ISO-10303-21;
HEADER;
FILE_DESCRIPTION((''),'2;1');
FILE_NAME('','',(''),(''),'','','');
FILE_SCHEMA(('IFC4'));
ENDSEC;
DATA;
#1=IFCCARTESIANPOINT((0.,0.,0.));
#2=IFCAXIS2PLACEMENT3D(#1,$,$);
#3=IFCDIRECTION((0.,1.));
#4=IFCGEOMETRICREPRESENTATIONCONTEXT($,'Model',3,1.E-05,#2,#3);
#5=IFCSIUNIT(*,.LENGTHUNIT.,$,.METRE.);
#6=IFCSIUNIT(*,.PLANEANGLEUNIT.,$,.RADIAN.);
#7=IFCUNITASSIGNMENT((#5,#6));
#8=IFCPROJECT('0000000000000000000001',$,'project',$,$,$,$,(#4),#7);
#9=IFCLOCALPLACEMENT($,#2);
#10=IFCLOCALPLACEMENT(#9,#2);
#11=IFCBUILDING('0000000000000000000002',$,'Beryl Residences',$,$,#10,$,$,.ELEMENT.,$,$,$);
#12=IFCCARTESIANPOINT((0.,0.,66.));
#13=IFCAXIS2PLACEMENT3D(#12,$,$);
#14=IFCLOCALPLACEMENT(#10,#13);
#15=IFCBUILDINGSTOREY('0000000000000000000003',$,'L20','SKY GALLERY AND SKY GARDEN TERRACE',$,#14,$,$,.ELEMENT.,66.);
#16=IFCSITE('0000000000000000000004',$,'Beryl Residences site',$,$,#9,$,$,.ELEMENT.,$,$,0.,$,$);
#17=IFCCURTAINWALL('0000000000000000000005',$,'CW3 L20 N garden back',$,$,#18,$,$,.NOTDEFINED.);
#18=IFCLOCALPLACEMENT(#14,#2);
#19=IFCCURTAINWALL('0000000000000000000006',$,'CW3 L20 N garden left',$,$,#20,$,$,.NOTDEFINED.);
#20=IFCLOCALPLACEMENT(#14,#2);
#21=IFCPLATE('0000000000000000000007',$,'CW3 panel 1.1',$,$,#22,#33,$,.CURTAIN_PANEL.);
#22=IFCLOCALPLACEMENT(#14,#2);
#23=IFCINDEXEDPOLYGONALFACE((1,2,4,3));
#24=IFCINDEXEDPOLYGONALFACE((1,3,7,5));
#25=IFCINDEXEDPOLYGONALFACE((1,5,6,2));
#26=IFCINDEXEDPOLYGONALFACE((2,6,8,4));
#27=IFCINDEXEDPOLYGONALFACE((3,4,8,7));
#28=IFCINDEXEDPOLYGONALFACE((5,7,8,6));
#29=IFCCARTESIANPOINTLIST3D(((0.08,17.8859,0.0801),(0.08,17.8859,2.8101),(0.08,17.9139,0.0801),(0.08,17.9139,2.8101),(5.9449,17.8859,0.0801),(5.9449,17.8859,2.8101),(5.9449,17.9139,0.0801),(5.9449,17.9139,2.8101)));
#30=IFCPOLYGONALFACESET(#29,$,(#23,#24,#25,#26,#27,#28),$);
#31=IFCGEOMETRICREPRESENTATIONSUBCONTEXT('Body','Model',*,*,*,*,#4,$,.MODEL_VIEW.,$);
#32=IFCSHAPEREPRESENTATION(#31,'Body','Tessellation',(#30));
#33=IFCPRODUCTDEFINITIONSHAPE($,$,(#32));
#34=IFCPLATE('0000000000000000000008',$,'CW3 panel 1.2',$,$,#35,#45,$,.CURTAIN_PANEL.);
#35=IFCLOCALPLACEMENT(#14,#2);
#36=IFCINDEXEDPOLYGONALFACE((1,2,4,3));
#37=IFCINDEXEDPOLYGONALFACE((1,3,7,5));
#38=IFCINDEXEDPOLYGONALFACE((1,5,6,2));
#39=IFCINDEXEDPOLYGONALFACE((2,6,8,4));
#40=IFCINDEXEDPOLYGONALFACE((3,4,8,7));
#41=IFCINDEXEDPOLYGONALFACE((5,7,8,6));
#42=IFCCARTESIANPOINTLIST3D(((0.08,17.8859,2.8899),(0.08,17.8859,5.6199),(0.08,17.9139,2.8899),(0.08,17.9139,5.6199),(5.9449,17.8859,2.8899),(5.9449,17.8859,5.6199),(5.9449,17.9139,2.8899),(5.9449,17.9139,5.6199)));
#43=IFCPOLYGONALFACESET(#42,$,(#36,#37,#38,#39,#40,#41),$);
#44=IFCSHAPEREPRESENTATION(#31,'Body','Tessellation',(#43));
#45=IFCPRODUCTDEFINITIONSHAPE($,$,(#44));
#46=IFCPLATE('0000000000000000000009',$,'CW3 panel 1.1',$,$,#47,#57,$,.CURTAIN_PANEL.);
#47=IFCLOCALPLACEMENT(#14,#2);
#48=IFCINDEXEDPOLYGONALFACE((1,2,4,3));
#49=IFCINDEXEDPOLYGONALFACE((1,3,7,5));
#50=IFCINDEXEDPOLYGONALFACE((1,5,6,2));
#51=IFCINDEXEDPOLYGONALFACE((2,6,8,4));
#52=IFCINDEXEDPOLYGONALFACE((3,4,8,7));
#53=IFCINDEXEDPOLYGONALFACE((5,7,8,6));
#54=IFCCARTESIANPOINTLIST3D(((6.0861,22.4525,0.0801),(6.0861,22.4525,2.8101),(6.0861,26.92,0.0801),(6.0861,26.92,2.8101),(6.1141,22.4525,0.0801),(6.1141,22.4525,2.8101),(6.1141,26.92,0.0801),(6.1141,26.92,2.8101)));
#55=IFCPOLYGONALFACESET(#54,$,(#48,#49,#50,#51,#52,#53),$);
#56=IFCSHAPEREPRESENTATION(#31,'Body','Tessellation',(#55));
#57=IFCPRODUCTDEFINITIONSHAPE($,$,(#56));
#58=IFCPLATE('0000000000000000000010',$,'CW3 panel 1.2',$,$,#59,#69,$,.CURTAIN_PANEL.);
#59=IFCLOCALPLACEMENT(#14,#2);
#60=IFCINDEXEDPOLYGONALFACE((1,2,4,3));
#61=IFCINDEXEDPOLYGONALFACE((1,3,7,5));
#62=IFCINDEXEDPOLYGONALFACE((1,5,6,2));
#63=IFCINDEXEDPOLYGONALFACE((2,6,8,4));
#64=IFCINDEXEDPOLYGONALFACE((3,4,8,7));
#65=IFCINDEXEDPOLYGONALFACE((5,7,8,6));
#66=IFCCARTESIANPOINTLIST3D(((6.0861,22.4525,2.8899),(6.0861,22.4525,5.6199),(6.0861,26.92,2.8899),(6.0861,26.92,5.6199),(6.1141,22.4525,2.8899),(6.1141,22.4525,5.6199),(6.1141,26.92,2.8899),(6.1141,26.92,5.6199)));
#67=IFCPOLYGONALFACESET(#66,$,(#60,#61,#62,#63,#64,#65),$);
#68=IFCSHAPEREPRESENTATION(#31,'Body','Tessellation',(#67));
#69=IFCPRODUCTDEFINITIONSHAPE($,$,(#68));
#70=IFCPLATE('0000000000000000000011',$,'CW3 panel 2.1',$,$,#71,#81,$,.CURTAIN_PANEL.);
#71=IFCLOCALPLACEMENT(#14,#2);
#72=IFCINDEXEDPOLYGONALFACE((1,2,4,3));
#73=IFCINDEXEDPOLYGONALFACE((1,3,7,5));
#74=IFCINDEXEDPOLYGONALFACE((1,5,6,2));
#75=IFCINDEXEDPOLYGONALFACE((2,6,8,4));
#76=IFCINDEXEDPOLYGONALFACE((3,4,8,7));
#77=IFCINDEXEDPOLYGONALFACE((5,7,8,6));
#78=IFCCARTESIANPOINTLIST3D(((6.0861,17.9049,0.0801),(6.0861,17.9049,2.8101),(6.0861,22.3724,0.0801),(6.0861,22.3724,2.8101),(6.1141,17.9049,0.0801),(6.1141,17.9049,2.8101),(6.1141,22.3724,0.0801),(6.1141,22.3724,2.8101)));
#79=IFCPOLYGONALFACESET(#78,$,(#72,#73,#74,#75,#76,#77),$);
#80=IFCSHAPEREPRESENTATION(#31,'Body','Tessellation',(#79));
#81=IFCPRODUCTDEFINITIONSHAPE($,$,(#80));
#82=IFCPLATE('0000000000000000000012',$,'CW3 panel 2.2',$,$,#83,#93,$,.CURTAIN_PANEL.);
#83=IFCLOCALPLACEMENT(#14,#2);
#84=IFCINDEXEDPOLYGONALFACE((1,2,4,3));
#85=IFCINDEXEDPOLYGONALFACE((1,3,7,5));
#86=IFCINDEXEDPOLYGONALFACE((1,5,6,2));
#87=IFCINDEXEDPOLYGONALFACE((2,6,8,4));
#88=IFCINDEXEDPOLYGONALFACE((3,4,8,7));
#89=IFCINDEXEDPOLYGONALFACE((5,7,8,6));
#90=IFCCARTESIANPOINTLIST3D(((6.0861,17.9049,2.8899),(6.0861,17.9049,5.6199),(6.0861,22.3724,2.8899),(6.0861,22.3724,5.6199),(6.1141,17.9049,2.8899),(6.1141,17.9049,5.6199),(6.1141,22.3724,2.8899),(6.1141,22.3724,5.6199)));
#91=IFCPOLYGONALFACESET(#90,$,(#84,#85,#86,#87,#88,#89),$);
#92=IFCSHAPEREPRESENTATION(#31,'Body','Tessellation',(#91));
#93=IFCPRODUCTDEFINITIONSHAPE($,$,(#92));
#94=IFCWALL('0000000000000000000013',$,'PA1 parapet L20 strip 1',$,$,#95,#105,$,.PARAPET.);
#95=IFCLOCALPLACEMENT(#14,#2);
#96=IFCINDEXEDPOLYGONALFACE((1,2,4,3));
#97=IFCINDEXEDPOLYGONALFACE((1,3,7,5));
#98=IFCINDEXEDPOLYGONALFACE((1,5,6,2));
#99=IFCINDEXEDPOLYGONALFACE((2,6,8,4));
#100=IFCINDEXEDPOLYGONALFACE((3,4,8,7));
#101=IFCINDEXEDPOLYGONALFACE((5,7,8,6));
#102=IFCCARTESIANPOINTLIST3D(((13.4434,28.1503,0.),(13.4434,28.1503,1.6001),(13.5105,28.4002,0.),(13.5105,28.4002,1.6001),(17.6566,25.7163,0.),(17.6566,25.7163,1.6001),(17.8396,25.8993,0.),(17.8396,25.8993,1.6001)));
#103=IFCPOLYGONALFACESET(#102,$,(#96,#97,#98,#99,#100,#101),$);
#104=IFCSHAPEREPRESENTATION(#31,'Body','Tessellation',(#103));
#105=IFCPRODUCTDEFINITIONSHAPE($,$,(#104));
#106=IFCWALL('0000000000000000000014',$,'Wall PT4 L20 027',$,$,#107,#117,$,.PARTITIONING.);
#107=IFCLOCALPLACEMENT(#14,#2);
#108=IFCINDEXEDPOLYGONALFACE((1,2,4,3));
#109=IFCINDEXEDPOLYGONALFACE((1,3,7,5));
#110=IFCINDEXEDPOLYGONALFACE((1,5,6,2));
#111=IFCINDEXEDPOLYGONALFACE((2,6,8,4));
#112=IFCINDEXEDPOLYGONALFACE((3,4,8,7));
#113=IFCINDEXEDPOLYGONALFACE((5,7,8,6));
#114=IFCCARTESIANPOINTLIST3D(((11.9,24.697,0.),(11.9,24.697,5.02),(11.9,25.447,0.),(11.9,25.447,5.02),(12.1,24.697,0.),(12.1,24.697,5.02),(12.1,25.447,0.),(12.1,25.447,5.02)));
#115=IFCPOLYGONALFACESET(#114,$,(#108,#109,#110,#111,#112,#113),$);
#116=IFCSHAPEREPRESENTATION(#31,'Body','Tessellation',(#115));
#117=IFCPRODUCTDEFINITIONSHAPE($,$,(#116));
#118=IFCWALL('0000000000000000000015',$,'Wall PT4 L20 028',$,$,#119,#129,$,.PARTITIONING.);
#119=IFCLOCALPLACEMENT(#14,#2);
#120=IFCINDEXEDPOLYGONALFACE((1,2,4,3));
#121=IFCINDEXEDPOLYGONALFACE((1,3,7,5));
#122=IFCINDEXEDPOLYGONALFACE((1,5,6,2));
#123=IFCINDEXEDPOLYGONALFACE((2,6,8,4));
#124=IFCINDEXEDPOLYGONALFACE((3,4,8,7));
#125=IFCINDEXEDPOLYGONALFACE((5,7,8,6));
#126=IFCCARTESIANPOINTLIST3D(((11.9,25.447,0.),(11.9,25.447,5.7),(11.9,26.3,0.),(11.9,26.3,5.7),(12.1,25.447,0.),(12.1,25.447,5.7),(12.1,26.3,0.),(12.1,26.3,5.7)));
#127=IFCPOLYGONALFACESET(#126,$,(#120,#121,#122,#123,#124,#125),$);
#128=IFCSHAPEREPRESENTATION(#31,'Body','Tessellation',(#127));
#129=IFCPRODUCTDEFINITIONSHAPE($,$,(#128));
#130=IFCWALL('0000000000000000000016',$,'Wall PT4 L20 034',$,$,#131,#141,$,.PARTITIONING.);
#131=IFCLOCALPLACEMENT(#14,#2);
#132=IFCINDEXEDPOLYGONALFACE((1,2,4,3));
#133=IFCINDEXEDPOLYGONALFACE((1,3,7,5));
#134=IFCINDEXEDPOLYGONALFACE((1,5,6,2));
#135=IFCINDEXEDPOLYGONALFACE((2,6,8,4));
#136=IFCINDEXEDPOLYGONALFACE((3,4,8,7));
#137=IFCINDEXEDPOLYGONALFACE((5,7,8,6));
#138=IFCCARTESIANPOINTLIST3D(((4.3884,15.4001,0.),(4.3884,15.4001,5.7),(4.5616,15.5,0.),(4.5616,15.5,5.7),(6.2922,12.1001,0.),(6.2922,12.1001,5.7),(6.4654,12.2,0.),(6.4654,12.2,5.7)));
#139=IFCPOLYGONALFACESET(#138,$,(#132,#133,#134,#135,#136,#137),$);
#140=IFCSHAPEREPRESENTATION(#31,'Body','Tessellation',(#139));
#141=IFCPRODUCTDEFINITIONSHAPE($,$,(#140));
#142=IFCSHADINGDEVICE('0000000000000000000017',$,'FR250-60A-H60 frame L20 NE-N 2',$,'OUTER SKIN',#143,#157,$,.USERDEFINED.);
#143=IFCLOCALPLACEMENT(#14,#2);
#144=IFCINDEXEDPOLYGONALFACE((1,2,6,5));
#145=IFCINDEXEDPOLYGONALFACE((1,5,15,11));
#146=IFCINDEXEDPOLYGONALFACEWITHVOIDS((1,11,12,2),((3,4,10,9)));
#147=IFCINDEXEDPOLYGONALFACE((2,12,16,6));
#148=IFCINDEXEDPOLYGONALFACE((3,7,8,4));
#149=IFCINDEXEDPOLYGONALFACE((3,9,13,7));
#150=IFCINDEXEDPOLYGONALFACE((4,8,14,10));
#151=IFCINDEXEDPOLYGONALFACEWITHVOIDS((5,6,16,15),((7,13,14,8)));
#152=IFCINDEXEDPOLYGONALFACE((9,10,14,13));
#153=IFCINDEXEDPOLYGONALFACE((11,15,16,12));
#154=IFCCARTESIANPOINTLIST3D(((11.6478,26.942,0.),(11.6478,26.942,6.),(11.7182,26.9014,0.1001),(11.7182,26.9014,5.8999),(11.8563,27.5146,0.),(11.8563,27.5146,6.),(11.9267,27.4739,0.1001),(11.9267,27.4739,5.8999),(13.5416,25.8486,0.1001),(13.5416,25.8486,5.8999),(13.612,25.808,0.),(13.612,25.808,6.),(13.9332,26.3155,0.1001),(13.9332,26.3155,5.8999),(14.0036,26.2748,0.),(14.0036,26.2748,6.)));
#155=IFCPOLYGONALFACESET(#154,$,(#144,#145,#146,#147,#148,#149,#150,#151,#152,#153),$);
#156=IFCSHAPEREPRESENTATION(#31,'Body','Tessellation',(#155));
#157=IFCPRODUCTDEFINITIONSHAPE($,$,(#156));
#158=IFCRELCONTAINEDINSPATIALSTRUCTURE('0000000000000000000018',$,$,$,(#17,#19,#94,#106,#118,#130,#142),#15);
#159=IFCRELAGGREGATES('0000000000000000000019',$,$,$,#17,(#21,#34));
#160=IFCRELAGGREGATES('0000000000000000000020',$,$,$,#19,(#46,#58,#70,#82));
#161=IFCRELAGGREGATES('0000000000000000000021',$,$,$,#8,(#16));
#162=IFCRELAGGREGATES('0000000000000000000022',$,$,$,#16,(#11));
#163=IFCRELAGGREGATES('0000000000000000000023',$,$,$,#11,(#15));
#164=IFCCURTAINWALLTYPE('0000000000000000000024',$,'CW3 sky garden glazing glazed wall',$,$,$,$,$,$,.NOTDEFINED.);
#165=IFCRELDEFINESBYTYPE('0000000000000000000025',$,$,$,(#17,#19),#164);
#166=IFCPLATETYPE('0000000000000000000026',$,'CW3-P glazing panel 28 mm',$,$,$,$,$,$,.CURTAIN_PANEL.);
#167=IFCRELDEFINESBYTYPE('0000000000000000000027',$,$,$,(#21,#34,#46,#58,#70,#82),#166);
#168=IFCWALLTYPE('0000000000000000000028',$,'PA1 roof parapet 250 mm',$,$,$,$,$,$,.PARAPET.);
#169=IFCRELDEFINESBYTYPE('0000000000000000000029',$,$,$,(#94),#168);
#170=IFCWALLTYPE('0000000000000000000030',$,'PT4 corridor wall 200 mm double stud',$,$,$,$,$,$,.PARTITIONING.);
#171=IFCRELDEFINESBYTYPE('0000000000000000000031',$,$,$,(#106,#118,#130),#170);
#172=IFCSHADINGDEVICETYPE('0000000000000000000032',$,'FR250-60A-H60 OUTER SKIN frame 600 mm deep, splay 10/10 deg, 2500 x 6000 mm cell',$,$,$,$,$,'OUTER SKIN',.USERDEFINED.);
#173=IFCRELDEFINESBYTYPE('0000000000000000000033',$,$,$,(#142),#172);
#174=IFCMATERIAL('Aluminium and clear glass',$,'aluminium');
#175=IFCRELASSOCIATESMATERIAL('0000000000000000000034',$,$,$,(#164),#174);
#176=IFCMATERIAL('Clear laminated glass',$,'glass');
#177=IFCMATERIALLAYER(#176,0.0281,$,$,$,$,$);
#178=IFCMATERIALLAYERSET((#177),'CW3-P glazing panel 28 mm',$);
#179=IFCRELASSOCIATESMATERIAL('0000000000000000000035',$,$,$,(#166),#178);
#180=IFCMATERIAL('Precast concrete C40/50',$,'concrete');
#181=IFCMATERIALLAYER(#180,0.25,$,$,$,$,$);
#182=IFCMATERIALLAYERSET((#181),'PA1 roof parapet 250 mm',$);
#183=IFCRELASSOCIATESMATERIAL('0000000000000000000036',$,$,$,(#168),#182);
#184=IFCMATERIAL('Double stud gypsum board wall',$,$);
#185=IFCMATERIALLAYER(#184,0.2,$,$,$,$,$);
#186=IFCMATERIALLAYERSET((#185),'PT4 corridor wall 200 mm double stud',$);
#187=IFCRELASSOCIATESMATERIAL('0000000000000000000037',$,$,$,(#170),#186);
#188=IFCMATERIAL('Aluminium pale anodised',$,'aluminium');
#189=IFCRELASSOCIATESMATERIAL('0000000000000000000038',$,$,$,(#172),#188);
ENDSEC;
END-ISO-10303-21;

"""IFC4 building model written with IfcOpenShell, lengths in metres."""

from ifc_helpers import new_model, entity, si_unit, direction, frame, frame_2d, origin, origin_2d, place, context, subcontext, project, spatial, polyline, rectangle, outline, extrude, source, transform, mapped, material, layer, layer_set, type_object, type_shapes, element, aggregate, save


model = new_model("IFC4")

# Units and contexts
model_context = context("Model", 3, precision=1e-05, world=origin(), true_north=direction((0.0, 1.0)))
body_context = subcontext(model_context, "Body", "Model", "MODEL_VIEW")
ifc_project = project(units=[si_unit("LENGTHUNIT", "METRE"), si_unit("PLANEANGLEUNIT", "RADIAN")], contexts=[model_context])

# Site, building, storey
site_placement = place(None, origin())
site = spatial("IfcSite", under=ifc_project, at=site_placement, Name="Beryl Residences site", CompositionType="ELEMENT", RefElevation=0.0)
building_placement = place(site_placement, origin())
building = spatial("IfcBuilding", under=site, at=building_placement, Name="Beryl Residences", CompositionType="ELEMENT")
storey_placement = place(building_placement, frame((0.0, 0.0, 66.0)))
storey = spatial("IfcBuildingStorey", under=building, at=storey_placement, Name="L20", Description="SKY GALLERY AND SKY GARDEN TERRACE", CompositionType="ELEMENT", Elevation=66.0)

# Curtain walls
ifc_material_1 = material(Name="Aluminium and clear glass", Category="aluminium")
curtain_wall_type = type_object("IfcCurtainWallType", Name="CW3 sky garden glazing glazed wall", PredefinedType="NOTDEFINED", material=ifc_material_1)
curtain_wall_1_placement = place(storey_placement, origin())
curtain_wall_1 = element("IfcCurtainWall", 1, at=curtain_wall_1_placement, inside=storey, type_object=curtain_wall_type, Name="CW3 L20 N garden back", PredefinedType="NOTDEFINED")
curtain_wall_2_placement = place(storey_placement, origin())
curtain_wall_2 = element("IfcCurtainWall", 2, at=curtain_wall_2_placement, inside=storey, type_object=curtain_wall_type, Name="CW3 L20 N garden left", PredefinedType="NOTDEFINED")

# Plates
ifc_material_2 = material(Name="Clear laminated glass", Category="glass")
ifc_layer_1 = layer(ifc_material_2, 0.0281)
ifc_layer_set_1 = layer_set([ifc_layer_1], Name="CW3-P glazing panel 28 mm")
plate_type = type_object("IfcPlateType", Name="CW3-P glazing panel 28 mm", PredefinedType="CURTAIN_PANEL", material=ifc_layer_set_1)
plate_1_placement = place(storey_placement, frame((3.0125, 17.8999, 0.0801), z_axis=(0.0, 0.0, 1.0), x_axis=(-1.0, 0.0, 0.0)))
plate_1 = element("IfcPlate", 3, at=plate_1_placement, type_object=plate_type, Name="CW3 panel 1.1", PredefinedType="CURTAIN_PANEL", context=body_context, shape_type="SweptSolid", body=[
    extrude(rectangle(XDim=5.865, YDim=0.0281, at=origin_2d()), origin(), (0.0, 0.0, 1.0), 2.73),
])
plate_2_placement = place(storey_placement, frame((3.0125, 17.8999, 2.8899), z_axis=(0.0, 0.0, 1.0), x_axis=(-1.0, 0.0, 0.0)))
plate_2 = element("IfcPlate", 4, at=plate_2_placement, type_object=plate_type, Name="CW3 panel 1.2", PredefinedType="CURTAIN_PANEL", context=body_context, shape_type="SweptSolid", body=[
    extrude(rectangle(XDim=5.865, YDim=0.0281, at=origin_2d()), origin(), (0.0, 0.0, 1.0), 2.73),
])
aggregate(curtain_wall_1, [plate_1, plate_2])
plate_3_placement = place(storey_placement, frame((6.1001, 24.6863, 0.0801), z_axis=(0.0, 0.0, 1.0), x_axis=(0.0, -1.0, 0.0)))
plate_3 = element("IfcPlate", 5, at=plate_3_placement, type_object=plate_type, Name="CW3 panel 1.1", PredefinedType="CURTAIN_PANEL", context=body_context, shape_type="SweptSolid", body=[
    extrude(rectangle(XDim=4.4675, YDim=0.0281, at=origin_2d()), origin(), (0.0, 0.0, 1.0), 2.73),
])
plate_4_placement = place(storey_placement, frame((6.1001, 24.6863, 2.8899), z_axis=(0.0, 0.0, 1.0), x_axis=(0.0, -1.0, 0.0)))
plate_4 = element("IfcPlate", 6, at=plate_4_placement, type_object=plate_type, Name="CW3 panel 1.2", PredefinedType="CURTAIN_PANEL", context=body_context, shape_type="SweptSolid", body=[
    extrude(rectangle(XDim=4.4675, YDim=0.0281, at=origin_2d()), origin(), (0.0, 0.0, 1.0), 2.73),
])
plate_5_placement = place(storey_placement, frame((6.1001, 20.1387, 0.0801), z_axis=(0.0, 0.0, 1.0), x_axis=(0.0, -1.0, 0.0)))
plate_5 = element("IfcPlate", 7, at=plate_5_placement, type_object=plate_type, Name="CW3 panel 2.1", PredefinedType="CURTAIN_PANEL", context=body_context, shape_type="SweptSolid", body=[
    extrude(rectangle(XDim=4.4675, YDim=0.0281, at=origin_2d()), origin(), (0.0, 0.0, 1.0), 2.73),
])
plate_6_placement = place(storey_placement, frame((6.1001, 20.1387, 2.8899), z_axis=(0.0, 0.0, 1.0), x_axis=(0.0, -1.0, 0.0)))
plate_6 = element("IfcPlate", 8, at=plate_6_placement, type_object=plate_type, Name="CW3 panel 2.2", PredefinedType="CURTAIN_PANEL", context=body_context, shape_type="SweptSolid", body=[
    extrude(rectangle(XDim=4.4675, YDim=0.0281, at=origin_2d()), origin(), (0.0, 0.0, 1.0), 2.73),
])
aggregate(curtain_wall_2, [plate_3, plate_4, plate_5, plate_6])

# Walls
ifc_material_3 = material(Name="Precast concrete C40/50", Category="concrete")
ifc_layer_2 = layer(ifc_material_3, 0.25)
ifc_layer_set_2 = layer_set([ifc_layer_2], Name="PA1 roof parapet 250 mm")
wall_type_1 = type_object("IfcWallType", Name="PA1 roof parapet 250 mm", PredefinedType="PARAPET", material=ifc_layer_set_2)
wall_1_placement = place(storey_placement, frame((13.448, 28.292, 0.0), z_axis=(0.0, 0.0, 1.0), x_axis=(0.86589, -0.500235, 0.0)))
element("IfcWall", 9, at=wall_1_placement, inside=storey, type_object=wall_type_1, Name="PA1 parapet L20 strip 1", PredefinedType="PARAPET", context=body_context, shape_type="SweptSolid", body=[
    extrude(outline(polyline([(0.0669, -0.125), (4.9326, -0.125), (4.9995, 0.125), (0.0, 0.125), (0.0669, -0.125)])), origin(), (0.0, 0.0, 1.0), 1.6001),
])
ifc_material_4 = material(Name="Double stud gypsum board wall")
ifc_layer_3 = layer(ifc_material_4, 0.2)
ifc_layer_set_3 = layer_set([ifc_layer_3], Name="PT4 corridor wall 200 mm double stud")
wall_type_2 = type_object("IfcWallType", Name="PT4 corridor wall 200 mm double stud", PredefinedType="PARTITIONING", material=ifc_layer_set_3)
wall_2_placement = place(storey_placement, frame((12.0, 24.697, 0.0), z_axis=(0.0, 0.0, 1.0), x_axis=(0.0, 1.0, 0.0)))
element("IfcWall", 10, at=wall_2_placement, inside=storey, type_object=wall_type_2, Name="Wall PT4 L20 027", PredefinedType="PARTITIONING", context=body_context, shape_type="SweptSolid", body=[
    extrude(rectangle(XDim=0.75, YDim=0.2, at=frame_2d((0.375, 0.0))), origin(), (0.0, 0.0, 1.0), 5.02),
])
wall_3_placement = place(storey_placement, frame((12.0, 25.447, 0.0), z_axis=(0.0, 0.0, 1.0), x_axis=(0.0, 1.0, 0.0)))
element("IfcWall", 11, at=wall_3_placement, inside=storey, type_object=wall_type_2, Name="Wall PT4 L20 028", PredefinedType="PARTITIONING", context=body_context, shape_type="SweptSolid", body=[
    extrude(rectangle(XDim=0.853, YDim=0.2, at=frame_2d((0.4265, 0.0))), origin(), (0.0, 0.0, 1.0), 5.7),
])
wall_4_placement = place(storey_placement, frame((4.4751, 15.45, 0.0), z_axis=(0.0, 0.0, 1.0), x_axis=(0.49971, -0.866193, 0.0)))
element("IfcWall", 12, at=wall_4_placement, inside=storey, type_object=wall_type_2, Name="Wall PT4 L20 034", PredefinedType="PARTITIONING", context=body_context, shape_type="SweptSolid", body=[
    extrude(rectangle(XDim=3.8098, YDim=0.2, at=frame_2d((1.9048, 0.0))), origin(), (0.0, 0.0, 1.0), 5.7),
])

# Shading device
ifc_material_5 = material(Name="Aluminium pale anodised", Category="aluminium")
shading_device_type_1 = type_object("IfcShadingDeviceType", Name="FR250-60A-H60 OUTER SKIN frame 600 mm deep, splay 10/10 deg, 2500 x 6000 mm cell", ElementType="OUTER SKIN", PredefinedType="USERDEFINED", material=ifc_material_5)
cartesian_point_1 = entity("IfcCartesianPoint", [-1.134, 0.0])
cartesian_point_2 = entity("IfcCartesianPoint", [-1.0527, 0.1001])
cartesian_point_3 = entity("IfcCartesianPoint", [-1.2397, 0.0])
cartesian_point_4 = entity("IfcCartesianPoint", [-1.1584, 0.1001])
shared_shape_1 = source(origin(), body_context, "Body", "SweptSolid", [
    entity("IfcExtrudedAreaSolidTapered", entity("IfcArbitraryProfileDefWithVoids", "AREA", None, entity("IfcPolyline", [cartesian_point_1, entity("IfcCartesianPoint", [1.134, 0.0]), entity("IfcCartesianPoint", [1.134, 6.0]), entity("IfcCartesianPoint", [-1.134, 6.0]), cartesian_point_1]), [entity("IfcPolyline", [cartesian_point_2, entity("IfcCartesianPoint", [1.0527, 0.1001]), entity("IfcCartesianPoint", [1.0527, 5.8999]), entity("IfcCartesianPoint", [-1.0527, 5.8999]), cartesian_point_2])]), entity("IfcAxis2Placement3D", entity("IfcCartesianPoint", [0.0, 0.0, 0.0]), entity("IfcDirection", [0.0, 1.0, 0.0]), entity("IfcDirection", [-1.0, 0.0, 0.0])), entity("IfcDirection", [0.0, 0.0, 1.0]), 0.6001, entity("IfcArbitraryProfileDefWithVoids", "AREA", None, entity("IfcPolyline", [cartesian_point_3, entity("IfcCartesianPoint", [1.2397, 0.0]), entity("IfcCartesianPoint", [1.2397, 6.0]), entity("IfcCartesianPoint", [-1.2397, 6.0]), cartesian_point_3]), [entity("IfcPolyline", [cartesian_point_4, entity("IfcCartesianPoint", [1.1584, 0.1001]), entity("IfcCartesianPoint", [1.1584, 5.8999]), entity("IfcCartesianPoint", [-1.1584, 5.8999]), cartesian_point_4])])),
])
type_shapes(shading_device_type_1, [shared_shape_1])
shading_device_1_placement = place(storey_placement, frame((12.6299, 26.375, 0.0), z_axis=(0.0, 0.0, 1.0), x_axis=(0.866025, -0.5, 0.0)))
element("IfcShadingDevice", 13, at=shading_device_1_placement, inside=storey, type_object=shading_device_type_1, Name="FR250-60A-H60 frame L20 NE-N 2", ObjectType="OUTER SKIN", PredefinedType="USERDEFINED", context=body_context, shape_type="MappedRepresentation", body=[
    mapped(shared_shape_1, transform((0.0, 0.0, 0.0))),
])

save(model, "model.ifc")
